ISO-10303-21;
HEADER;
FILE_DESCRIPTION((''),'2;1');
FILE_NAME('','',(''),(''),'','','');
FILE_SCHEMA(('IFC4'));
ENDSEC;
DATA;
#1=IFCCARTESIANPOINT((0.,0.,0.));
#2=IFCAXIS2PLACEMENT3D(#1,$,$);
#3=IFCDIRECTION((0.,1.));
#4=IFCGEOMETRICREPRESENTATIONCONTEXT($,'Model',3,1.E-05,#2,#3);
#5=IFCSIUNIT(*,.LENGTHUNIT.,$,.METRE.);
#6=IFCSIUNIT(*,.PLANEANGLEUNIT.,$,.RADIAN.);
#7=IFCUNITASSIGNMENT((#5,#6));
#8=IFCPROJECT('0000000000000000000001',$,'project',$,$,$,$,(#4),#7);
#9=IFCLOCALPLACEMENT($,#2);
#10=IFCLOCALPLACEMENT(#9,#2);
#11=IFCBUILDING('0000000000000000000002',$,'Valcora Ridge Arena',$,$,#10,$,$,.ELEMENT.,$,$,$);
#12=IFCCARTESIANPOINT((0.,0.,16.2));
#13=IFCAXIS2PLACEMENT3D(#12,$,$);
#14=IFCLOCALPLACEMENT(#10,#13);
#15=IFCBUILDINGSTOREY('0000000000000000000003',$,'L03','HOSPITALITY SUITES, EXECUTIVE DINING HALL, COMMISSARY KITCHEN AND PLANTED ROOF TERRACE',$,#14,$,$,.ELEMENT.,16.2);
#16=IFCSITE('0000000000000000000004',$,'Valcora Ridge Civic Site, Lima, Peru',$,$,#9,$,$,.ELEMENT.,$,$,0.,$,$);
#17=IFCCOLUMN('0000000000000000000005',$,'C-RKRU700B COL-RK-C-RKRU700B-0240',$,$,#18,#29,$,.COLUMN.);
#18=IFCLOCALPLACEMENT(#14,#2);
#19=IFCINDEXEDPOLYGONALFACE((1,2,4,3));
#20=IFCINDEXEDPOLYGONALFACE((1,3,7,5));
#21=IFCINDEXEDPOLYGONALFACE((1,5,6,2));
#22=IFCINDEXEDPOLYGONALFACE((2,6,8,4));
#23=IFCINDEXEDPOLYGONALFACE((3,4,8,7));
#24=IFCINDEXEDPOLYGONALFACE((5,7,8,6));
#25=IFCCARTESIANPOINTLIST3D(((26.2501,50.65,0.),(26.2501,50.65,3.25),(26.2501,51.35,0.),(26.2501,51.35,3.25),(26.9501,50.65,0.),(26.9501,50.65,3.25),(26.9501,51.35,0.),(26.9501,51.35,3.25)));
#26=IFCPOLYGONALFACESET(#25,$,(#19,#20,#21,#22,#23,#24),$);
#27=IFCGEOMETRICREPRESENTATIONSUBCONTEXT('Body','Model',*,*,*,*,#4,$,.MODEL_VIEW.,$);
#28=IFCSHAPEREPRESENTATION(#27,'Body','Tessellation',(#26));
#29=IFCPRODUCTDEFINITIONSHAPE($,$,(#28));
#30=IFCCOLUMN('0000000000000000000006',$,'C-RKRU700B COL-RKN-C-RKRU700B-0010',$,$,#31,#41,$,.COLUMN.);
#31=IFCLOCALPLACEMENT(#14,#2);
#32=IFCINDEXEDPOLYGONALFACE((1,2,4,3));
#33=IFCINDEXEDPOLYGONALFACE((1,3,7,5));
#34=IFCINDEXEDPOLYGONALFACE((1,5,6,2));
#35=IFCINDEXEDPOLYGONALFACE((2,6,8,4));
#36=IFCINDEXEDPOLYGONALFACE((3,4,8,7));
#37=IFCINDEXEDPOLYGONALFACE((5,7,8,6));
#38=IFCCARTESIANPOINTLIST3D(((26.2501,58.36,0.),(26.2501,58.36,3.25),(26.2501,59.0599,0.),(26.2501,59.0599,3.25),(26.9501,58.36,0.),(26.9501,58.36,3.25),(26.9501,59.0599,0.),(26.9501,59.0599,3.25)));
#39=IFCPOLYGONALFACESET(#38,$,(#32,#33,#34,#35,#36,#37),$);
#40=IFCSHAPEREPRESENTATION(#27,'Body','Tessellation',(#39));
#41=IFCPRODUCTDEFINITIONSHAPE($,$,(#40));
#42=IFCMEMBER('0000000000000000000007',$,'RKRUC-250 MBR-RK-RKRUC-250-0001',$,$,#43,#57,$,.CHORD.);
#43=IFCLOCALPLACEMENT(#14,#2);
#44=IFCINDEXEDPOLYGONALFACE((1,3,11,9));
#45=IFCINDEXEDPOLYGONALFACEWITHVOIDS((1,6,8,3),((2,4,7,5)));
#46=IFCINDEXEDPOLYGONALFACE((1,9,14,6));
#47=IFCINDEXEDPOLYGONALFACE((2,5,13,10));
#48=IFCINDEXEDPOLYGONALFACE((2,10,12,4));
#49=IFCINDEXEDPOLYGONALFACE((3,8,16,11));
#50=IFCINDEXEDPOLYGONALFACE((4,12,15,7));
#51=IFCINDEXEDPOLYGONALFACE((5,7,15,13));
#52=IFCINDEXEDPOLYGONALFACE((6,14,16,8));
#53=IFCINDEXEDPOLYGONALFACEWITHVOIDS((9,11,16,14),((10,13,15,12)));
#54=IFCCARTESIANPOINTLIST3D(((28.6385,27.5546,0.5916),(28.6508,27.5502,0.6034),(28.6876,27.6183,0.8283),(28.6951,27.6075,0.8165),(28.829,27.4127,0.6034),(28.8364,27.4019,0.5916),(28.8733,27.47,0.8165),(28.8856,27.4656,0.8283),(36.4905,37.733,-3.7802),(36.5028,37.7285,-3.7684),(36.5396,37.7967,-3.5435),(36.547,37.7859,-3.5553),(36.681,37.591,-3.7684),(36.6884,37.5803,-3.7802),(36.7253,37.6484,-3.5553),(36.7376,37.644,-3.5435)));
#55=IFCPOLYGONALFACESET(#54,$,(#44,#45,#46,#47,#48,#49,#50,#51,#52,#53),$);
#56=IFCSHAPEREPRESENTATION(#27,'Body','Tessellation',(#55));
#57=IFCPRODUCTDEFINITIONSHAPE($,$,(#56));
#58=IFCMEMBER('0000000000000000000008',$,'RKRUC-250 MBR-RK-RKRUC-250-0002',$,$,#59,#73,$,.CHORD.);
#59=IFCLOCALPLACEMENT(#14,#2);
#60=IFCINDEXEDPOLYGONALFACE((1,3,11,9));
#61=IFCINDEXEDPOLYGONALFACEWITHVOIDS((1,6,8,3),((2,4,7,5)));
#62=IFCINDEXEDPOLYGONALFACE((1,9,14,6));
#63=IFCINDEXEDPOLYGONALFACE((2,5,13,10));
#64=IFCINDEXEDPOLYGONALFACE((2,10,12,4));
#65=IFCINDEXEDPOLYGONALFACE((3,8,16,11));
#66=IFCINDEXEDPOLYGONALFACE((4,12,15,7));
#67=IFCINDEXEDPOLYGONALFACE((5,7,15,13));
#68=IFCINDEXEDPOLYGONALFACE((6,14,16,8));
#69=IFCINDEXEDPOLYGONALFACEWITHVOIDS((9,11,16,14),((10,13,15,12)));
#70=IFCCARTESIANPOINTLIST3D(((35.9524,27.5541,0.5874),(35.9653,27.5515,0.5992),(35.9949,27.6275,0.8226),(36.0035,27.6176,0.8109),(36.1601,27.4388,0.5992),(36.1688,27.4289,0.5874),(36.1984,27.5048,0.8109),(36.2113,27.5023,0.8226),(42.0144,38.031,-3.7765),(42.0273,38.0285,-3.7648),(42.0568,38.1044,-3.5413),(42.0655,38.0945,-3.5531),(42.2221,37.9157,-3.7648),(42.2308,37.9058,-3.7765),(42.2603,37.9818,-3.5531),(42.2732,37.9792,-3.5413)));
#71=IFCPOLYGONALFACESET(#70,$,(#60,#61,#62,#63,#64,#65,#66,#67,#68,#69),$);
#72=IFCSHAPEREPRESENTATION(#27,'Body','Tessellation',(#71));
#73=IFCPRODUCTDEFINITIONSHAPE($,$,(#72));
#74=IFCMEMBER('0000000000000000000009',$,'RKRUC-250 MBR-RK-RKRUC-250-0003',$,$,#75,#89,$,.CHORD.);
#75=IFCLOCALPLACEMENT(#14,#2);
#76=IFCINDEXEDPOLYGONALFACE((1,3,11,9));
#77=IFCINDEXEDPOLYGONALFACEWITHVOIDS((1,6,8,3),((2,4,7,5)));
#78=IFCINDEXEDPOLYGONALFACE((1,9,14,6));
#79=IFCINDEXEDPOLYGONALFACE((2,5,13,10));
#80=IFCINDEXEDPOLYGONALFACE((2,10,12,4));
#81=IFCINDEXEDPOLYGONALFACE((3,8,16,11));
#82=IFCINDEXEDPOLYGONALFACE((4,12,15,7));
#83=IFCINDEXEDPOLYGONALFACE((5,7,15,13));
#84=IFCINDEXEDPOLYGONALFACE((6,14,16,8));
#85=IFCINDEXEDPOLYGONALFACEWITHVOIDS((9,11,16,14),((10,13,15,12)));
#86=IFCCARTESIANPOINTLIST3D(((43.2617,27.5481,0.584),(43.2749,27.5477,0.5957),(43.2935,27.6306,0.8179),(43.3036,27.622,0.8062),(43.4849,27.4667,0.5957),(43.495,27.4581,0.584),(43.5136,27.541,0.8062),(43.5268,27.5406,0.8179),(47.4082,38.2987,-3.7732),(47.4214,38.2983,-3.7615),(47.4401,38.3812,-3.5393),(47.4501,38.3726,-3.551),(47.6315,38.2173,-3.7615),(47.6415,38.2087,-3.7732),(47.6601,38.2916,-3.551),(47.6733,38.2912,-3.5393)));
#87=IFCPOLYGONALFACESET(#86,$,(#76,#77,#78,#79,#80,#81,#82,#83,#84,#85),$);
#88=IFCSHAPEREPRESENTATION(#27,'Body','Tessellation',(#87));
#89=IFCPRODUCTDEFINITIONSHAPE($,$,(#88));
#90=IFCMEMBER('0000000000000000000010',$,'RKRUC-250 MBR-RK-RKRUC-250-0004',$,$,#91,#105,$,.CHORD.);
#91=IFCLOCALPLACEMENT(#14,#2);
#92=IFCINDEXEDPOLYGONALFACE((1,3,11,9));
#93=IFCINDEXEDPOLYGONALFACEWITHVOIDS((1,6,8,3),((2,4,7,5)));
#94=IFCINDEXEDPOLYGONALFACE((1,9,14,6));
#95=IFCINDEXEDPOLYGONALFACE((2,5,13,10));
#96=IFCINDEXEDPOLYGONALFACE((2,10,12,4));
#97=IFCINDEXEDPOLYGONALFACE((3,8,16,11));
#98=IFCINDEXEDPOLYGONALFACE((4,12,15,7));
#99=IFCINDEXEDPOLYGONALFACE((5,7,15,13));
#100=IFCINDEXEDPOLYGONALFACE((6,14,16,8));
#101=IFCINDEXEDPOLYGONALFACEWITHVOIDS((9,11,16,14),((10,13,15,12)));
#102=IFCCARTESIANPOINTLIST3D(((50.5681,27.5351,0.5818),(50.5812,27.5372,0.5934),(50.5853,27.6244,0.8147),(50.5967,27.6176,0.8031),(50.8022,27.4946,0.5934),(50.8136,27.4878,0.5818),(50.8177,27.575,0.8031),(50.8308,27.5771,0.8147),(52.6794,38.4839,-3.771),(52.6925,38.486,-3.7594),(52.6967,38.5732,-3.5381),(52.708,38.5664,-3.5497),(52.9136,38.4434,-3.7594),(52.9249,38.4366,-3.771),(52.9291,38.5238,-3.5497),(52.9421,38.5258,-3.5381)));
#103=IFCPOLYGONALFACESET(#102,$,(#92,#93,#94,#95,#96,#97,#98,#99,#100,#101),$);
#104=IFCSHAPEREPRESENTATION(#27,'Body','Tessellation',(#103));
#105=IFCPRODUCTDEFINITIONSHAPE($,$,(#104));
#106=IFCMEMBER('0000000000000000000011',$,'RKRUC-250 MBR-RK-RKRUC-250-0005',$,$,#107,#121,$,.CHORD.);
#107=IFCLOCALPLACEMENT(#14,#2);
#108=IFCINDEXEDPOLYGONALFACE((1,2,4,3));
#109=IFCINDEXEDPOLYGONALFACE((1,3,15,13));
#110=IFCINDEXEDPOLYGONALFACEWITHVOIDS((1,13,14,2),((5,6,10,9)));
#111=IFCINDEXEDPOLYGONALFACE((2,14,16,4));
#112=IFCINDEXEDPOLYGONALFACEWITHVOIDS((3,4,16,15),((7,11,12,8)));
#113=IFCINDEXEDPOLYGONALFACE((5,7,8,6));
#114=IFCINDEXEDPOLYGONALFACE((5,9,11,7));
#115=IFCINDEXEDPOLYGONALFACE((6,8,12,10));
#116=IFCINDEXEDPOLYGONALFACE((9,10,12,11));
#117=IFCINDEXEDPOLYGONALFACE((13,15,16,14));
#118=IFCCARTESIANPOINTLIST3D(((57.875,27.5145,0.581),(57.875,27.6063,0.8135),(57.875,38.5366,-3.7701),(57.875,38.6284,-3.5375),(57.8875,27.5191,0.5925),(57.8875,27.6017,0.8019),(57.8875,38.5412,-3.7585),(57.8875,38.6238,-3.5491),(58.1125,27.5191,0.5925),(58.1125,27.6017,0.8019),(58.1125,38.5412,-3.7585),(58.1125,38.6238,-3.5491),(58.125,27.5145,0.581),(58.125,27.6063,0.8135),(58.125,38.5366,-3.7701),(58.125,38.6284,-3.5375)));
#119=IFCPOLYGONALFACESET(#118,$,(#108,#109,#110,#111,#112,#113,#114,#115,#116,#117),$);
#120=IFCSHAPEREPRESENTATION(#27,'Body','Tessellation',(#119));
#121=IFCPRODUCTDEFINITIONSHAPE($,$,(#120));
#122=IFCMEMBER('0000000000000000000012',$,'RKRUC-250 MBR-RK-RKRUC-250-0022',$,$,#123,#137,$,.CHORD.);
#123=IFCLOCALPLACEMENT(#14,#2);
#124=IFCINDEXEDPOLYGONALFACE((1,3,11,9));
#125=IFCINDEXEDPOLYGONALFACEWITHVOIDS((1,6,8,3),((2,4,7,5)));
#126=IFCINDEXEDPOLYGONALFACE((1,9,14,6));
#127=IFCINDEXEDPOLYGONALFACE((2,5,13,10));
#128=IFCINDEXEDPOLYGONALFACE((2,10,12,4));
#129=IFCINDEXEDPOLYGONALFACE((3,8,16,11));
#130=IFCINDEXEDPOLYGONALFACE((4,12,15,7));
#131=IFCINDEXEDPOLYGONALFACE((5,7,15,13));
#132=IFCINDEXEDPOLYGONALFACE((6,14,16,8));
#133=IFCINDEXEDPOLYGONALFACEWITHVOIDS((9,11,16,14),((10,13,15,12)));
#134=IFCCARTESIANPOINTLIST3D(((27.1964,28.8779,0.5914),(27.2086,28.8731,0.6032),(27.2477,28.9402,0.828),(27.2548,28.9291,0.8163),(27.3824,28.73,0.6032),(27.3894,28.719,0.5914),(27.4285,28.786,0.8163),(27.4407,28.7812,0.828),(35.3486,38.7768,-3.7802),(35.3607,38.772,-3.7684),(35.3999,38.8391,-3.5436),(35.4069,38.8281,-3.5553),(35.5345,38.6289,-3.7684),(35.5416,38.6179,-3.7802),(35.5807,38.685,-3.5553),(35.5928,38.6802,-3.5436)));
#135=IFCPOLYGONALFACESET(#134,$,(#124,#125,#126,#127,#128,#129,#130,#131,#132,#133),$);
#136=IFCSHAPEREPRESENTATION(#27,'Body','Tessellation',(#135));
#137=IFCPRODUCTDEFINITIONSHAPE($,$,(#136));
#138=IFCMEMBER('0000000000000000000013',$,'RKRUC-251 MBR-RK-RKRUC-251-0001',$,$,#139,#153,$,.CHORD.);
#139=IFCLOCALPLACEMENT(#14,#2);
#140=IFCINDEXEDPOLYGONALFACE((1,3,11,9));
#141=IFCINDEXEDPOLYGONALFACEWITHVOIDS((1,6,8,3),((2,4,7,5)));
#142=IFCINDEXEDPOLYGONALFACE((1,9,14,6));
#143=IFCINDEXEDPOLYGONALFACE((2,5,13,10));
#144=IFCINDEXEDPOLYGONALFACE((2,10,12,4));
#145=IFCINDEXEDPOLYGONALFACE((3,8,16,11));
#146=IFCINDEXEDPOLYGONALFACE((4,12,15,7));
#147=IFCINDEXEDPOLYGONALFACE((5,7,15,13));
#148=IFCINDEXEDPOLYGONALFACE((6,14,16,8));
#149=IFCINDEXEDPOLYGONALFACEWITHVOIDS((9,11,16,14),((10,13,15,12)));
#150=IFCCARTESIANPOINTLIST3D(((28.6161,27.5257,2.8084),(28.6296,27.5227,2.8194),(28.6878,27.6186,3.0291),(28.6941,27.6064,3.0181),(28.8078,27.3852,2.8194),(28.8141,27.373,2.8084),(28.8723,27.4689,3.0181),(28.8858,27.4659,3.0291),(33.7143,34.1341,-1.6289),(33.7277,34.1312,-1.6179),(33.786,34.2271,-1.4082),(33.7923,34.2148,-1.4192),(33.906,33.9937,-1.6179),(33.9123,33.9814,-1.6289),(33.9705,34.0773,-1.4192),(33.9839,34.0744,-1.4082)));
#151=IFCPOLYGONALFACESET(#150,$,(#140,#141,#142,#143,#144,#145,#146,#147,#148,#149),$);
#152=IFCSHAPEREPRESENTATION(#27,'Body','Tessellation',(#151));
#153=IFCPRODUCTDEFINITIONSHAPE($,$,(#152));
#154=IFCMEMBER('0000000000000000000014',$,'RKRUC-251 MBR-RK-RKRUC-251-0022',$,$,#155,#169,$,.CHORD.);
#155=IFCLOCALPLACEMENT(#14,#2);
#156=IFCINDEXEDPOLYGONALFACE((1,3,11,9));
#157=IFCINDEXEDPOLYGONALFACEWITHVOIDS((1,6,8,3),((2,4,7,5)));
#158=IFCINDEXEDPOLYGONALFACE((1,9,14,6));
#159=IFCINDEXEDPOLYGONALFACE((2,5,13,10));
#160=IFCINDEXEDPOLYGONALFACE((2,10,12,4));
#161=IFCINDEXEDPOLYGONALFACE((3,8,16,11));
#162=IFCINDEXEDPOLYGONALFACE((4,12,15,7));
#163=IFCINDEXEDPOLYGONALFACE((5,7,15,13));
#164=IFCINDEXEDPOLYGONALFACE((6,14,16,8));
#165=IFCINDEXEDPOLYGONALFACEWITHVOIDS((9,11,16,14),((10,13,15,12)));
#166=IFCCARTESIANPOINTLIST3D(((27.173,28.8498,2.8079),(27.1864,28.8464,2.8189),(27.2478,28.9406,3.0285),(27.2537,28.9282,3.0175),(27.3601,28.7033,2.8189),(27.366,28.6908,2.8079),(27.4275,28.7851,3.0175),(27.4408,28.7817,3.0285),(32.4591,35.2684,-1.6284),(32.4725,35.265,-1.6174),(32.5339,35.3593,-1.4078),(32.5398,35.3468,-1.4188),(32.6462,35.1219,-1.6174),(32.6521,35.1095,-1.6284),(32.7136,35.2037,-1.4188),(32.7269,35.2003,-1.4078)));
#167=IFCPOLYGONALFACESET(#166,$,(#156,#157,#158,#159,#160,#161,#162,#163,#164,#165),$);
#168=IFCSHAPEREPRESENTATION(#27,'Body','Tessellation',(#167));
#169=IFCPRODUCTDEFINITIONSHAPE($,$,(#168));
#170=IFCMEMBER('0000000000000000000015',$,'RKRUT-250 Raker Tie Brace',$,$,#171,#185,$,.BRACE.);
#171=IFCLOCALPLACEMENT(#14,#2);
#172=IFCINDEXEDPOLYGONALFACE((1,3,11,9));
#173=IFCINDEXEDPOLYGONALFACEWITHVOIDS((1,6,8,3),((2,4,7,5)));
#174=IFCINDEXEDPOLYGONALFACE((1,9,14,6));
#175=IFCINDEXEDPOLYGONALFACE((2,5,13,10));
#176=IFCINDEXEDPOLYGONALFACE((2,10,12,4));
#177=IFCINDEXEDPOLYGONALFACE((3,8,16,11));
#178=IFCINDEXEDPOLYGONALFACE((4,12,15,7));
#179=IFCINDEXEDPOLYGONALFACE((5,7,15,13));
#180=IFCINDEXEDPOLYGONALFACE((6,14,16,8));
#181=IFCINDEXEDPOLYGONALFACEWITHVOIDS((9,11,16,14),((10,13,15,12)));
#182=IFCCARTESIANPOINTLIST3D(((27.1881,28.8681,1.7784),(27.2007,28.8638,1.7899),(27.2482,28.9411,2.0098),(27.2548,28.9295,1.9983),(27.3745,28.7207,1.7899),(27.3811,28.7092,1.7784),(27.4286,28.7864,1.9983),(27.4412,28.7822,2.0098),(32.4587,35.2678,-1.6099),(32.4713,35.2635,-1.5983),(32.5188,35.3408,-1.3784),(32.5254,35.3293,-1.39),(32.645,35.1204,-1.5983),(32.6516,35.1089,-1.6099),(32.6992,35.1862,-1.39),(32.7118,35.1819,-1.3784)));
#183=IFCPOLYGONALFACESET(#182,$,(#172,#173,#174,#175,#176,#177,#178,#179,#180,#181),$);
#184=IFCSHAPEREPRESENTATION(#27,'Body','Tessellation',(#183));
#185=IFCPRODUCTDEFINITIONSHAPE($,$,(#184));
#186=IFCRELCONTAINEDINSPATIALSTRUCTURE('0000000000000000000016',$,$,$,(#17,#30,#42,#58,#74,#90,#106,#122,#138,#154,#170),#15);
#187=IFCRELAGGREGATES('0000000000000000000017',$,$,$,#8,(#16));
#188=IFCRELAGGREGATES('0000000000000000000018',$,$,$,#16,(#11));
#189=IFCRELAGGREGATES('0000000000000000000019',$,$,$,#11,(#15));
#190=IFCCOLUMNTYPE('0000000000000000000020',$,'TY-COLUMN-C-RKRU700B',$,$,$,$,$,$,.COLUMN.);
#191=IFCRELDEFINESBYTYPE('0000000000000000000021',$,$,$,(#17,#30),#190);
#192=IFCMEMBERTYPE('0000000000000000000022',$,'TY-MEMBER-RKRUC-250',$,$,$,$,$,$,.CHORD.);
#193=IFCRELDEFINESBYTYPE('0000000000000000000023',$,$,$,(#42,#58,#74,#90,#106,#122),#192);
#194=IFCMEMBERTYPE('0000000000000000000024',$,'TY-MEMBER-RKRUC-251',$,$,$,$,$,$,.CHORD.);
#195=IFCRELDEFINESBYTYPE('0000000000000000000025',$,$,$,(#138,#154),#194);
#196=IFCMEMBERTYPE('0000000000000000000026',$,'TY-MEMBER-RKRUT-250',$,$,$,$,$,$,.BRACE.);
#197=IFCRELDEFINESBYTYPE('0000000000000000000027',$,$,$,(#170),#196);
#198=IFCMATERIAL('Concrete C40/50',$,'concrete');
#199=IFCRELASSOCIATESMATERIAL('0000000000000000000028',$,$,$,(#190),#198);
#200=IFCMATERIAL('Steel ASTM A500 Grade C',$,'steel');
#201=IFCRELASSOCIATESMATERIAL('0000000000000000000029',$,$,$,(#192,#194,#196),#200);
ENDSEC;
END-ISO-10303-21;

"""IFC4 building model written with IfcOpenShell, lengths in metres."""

from ifc_helpers import new_model, si_unit, direction, frame, origin, origin_2d, place, context, subcontext, project, spatial, rectangle, hollow_rectangle, extrude, material, material_profile, profile_set, type_object, element, save


model = new_model("IFC4")

# Units and contexts
model_context = context("Model", 3, precision=1e-05, world=origin(), true_north=direction((0.0, 1.0)))
body_context = subcontext(model_context, "Body", "Model", "MODEL_VIEW")
ifc_project = project(units=[si_unit("LENGTHUNIT", "METRE"), si_unit("PLANEANGLEUNIT", "RADIAN")], contexts=[model_context])

# Site, building, storey
site_placement = place(None, origin())
site = spatial("IfcSite", under=ifc_project, at=site_placement, Name="Valcora Ridge Civic Site, Lima, Peru", CompositionType="ELEMENT", RefElevation=0.0)
building_placement = place(site_placement, origin())
building = spatial("IfcBuilding", under=site, at=building_placement, Name="Valcora Ridge Arena", CompositionType="ELEMENT")
storey_placement = place(building_placement, frame((0.0, 0.0, 16.2)))
storey = spatial("IfcBuildingStorey", under=building, at=storey_placement, Name="L03", Description="HOSPITALITY SUITES, EXECUTIVE DINING HALL, COMMISSARY KITCHEN AND PLANTED ROOF TERRACE", CompositionType="ELEMENT", Elevation=16.2)

# Columns
ifc_material_1 = material(Name="Concrete C40/50", Category="concrete")
ifc_material_profile_1 = material_profile(ifc_material_1, rectangle(XDim=0.7, YDim=0.7, at=origin_2d()), Name="RC 700x700")
ifc_profile_set_1 = profile_set([ifc_material_profile_1], Name="Concrete C40/50")
column_type = type_object("IfcColumnType", Name="TY-COLUMN-C-RKRU700B", PredefinedType="COLUMN", material=ifc_profile_set_1)
for number, where, z_axis, x_axis, name in (
    (1, (26.6001, 51.0, 0.0), (0.0, 0.0, 1.0), (1.0, 0.0, 0.0), "C-RKRU700B COL-RK-C-RKRU700B-0240"),
    (2, (26.6001, 58.71, 0.0), (0.0, 0.0, 1.0), (1.0, 0.0, 0.0), "C-RKRU700B COL-RKN-C-RKRU700B-0010"),
):
    element("IfcColumn", number, at=place(storey_placement, frame(where, z_axis=z_axis, x_axis=x_axis)), inside=storey, type_object=column_type, Name=name, PredefinedType="COLUMN", context=body_context, shape_type="SweptSolid", body=[
        extrude(rectangle(XDim=0.7, YDim=0.7, at=origin_2d()), origin(), (0.0, 0.0, 1.0), 3.25),
    ])

# Members
ifc_material_2 = material(Name="Steel ASTM A500 Grade C", Category="steel")
ifc_material_profile_2 = material_profile(ifc_material_2, hollow_rectangle(XDim=0.25, YDim=0.25, WallThickness=0.0125, at=origin_2d()), Name="HSS250X250X12")
ifc_profile_set_2 = profile_set([ifc_material_profile_2], Name="Steel ASTM A500 Grade C")
member_type_1 = type_object("IfcMemberType", Name="TY-MEMBER-RKRUC-250", PredefinedType="CHORD", material=ifc_profile_set_2)
member_1_placement = place(storey_placement, frame((36.614, 37.6885, -3.6619), z_axis=(-0.578282, -0.749616, 0.321973), x_axis=(0.791779, -0.610808, 0.0)))
element("IfcMember", 3, at=member_1_placement, inside=storey, type_object=member_type_1, Name="RKRUC-250 MBR-RK-RKRUC-250-0001", PredefinedType="CHORD", context=body_context, shape_type="SweptSolid", body=[
    extrude(hollow_rectangle(XDim=0.25, YDim=0.25, WallThickness=0.0125, at=origin_2d()), origin(), (0.0, 0.0, 1.0), 13.5781),
])
member_2_placement = place(storey_placement, frame((42.1438, 38.0051, -3.6589), z_axis=(-0.471126, -0.814254, 0.339162), x_axis=(0.865557, -0.50081, 0.0)))
element("IfcMember", 4, at=member_2_placement, inside=storey, type_object=member_type_1, Name="RKRUC-250 MBR-RK-RKRUC-250-0002", PredefinedType="CHORD", context=body_context, shape_type="SweptSolid", body=[
    extrude(hollow_rectangle(XDim=0.25, YDim=0.25, WallThickness=0.0125, at=origin_2d()), origin(), (0.0, 0.0, 1.0), 12.8669),
])
member_3_placement = place(storey_placement, frame((47.5408, 38.2949, -3.6562), z_axis=(-0.3366, -0.872694, 0.353703), x_axis=(0.933006, -0.359862, 0.0)))
element("IfcMember", 5, at=member_3_placement, inside=storey, type_object=member_type_1, Name="RKRUC-250 MBR-RK-RKRUC-250-0003", PredefinedType="CHORD", context=body_context, shape_type="SweptSolid", body=[
    extrude(hollow_rectangle(XDim=0.25, YDim=0.25, WallThickness=0.0125, at=origin_2d()), origin(), (0.0, 0.0, 1.0), 12.3188),
])
member_4_placement = place(storey_placement, frame((52.8108, 38.5049, -3.6545), z_axis=(-0.176386, -0.914687, 0.363643), x_axis=(0.98191, -0.189349, 0.0)))
element("IfcMember", 6, at=member_4_placement, inside=storey, type_object=member_type_1, Name="RKRUC-250 MBR-RK-RKRUC-250-0004", PredefinedType="CHORD", context=body_context, shape_type="SweptSolid", body=[
    extrude(hollow_rectangle(XDim=0.25, YDim=0.25, WallThickness=0.0125, at=origin_2d()), origin(), (0.0, 0.0, 1.0), 11.97),
])
member_5_placement = place(storey_placement, frame((58.0, 38.5825, -3.6538), z_axis=(0.0, -0.930149, 0.367181), x_axis=(1.0, 0.0, 0.0)))
element("IfcMember", 7, at=member_5_placement, inside=storey, type_object=member_type_1, Name="RKRUC-250 MBR-RK-RKRUC-250-0005", PredefinedType="CHORD", context=body_context, shape_type="SweptSolid", body=[
    extrude(hollow_rectangle(XDim=0.25, YDim=0.25, WallThickness=0.0125, at=origin_2d()), origin(), (0.0, 0.0, 1.0), 11.8499),
])
member_6_placement = place(storey_placement, frame((35.4707, 38.7285, -3.6619), z_axis=(-0.601707, -0.73064, 0.322667), x_axis=(0.771929, -0.635709, 0.0)))
element("IfcMember", 8, at=member_6_placement, inside=storey, type_object=member_type_1, Name="RKRUC-250 MBR-RK-RKRUC-250-0022", PredefinedType="CHORD", context=body_context, shape_type="SweptSolid", body=[
    extrude(hollow_rectangle(XDim=0.25, YDim=0.25, WallThickness=0.0125, at=origin_2d()), origin(), (0.0, 0.0, 1.0), 13.5483),
])
ifc_material_profile_3 = material_profile(ifc_material_2, hollow_rectangle(XDim=0.25, YDim=0.25, WallThickness=0.0125, at=origin_2d()), Name="HSS250X250X12")
ifc_profile_set_3 = profile_set([ifc_material_profile_3], Name="Steel ASTM A500 Grade C")
member_type_2 = type_object("IfcMemberType", Name="TY-MEMBER-RKRUC-251", PredefinedType="CHORD", material=ifc_profile_set_3)
member_7_placement = place(storey_placement, frame((33.8491, 34.1042, -1.5186), z_axis=(-0.539339, -0.699111, 0.469423), x_axis=(0.791769, -0.610821, 0.0)))
element("IfcMember", 9, at=member_7_placement, inside=storey, type_object=member_type_2, Name="RKRUC-251 MBR-RK-RKRUC-251-0001", PredefinedType="CHORD", context=body_context, shape_type="SweptSolid", body=[
    extrude(hollow_rectangle(XDim=0.25, YDim=0.25, WallThickness=0.0125, at=origin_2d()), origin(), (0.0, 0.0, 1.0), 9.4526),
])
member_8_placement = place(storey_placement, frame((32.593, 35.2344, -1.5181), z_axis=(-0.560885, -0.681057, 0.470712), x_axis=(0.771922, -0.635718, 0.0)))
element("IfcMember", 10, at=member_8_placement, inside=storey, type_object=member_type_2, Name="RKRUC-251 MBR-RK-RKRUC-251-0022", PredefinedType="CHORD", context=body_context, shape_type="SweptSolid", body=[
    extrude(hollow_rectangle(XDim=0.25, YDim=0.25, WallThickness=0.0125, at=origin_2d()), origin(), (0.0, 0.0, 1.0), 9.4246),
])
ifc_material_profile_4 = material_profile(ifc_material_2, hollow_rectangle(XDim=0.25, YDim=0.25, WallThickness=0.0125, at=origin_2d()), Name="HSS250X250X12")
ifc_profile_set_4 = profile_set([ifc_material_profile_4], Name="Steel ASTM A500 Grade C")
member_type_3 = type_object("IfcMemberType", Name="TY-MEMBER-RKRUT-250", PredefinedType="BRACE", material=ifc_profile_set_4)
member_9_placement = place(storey_placement, frame((32.5852, 35.2249, -1.4941), z_axis=(-0.588475, -0.71455, 0.378306), x_axis=(0.771918, -0.635722, 0.0)))
element("IfcMember", 11, at=member_9_placement, inside=storey, type_object=member_type_3, Name="RKRUT-250 Raker Tie Brace", PredefinedType="BRACE", context=body_context, shape_type="SweptSolid", body=[
    extrude(hollow_rectangle(XDim=0.25, YDim=0.25, WallThickness=0.0125, at=origin_2d()), origin(), (0.0, 0.0, 1.0), 8.9563),
])

save(model, "model.ifc")
